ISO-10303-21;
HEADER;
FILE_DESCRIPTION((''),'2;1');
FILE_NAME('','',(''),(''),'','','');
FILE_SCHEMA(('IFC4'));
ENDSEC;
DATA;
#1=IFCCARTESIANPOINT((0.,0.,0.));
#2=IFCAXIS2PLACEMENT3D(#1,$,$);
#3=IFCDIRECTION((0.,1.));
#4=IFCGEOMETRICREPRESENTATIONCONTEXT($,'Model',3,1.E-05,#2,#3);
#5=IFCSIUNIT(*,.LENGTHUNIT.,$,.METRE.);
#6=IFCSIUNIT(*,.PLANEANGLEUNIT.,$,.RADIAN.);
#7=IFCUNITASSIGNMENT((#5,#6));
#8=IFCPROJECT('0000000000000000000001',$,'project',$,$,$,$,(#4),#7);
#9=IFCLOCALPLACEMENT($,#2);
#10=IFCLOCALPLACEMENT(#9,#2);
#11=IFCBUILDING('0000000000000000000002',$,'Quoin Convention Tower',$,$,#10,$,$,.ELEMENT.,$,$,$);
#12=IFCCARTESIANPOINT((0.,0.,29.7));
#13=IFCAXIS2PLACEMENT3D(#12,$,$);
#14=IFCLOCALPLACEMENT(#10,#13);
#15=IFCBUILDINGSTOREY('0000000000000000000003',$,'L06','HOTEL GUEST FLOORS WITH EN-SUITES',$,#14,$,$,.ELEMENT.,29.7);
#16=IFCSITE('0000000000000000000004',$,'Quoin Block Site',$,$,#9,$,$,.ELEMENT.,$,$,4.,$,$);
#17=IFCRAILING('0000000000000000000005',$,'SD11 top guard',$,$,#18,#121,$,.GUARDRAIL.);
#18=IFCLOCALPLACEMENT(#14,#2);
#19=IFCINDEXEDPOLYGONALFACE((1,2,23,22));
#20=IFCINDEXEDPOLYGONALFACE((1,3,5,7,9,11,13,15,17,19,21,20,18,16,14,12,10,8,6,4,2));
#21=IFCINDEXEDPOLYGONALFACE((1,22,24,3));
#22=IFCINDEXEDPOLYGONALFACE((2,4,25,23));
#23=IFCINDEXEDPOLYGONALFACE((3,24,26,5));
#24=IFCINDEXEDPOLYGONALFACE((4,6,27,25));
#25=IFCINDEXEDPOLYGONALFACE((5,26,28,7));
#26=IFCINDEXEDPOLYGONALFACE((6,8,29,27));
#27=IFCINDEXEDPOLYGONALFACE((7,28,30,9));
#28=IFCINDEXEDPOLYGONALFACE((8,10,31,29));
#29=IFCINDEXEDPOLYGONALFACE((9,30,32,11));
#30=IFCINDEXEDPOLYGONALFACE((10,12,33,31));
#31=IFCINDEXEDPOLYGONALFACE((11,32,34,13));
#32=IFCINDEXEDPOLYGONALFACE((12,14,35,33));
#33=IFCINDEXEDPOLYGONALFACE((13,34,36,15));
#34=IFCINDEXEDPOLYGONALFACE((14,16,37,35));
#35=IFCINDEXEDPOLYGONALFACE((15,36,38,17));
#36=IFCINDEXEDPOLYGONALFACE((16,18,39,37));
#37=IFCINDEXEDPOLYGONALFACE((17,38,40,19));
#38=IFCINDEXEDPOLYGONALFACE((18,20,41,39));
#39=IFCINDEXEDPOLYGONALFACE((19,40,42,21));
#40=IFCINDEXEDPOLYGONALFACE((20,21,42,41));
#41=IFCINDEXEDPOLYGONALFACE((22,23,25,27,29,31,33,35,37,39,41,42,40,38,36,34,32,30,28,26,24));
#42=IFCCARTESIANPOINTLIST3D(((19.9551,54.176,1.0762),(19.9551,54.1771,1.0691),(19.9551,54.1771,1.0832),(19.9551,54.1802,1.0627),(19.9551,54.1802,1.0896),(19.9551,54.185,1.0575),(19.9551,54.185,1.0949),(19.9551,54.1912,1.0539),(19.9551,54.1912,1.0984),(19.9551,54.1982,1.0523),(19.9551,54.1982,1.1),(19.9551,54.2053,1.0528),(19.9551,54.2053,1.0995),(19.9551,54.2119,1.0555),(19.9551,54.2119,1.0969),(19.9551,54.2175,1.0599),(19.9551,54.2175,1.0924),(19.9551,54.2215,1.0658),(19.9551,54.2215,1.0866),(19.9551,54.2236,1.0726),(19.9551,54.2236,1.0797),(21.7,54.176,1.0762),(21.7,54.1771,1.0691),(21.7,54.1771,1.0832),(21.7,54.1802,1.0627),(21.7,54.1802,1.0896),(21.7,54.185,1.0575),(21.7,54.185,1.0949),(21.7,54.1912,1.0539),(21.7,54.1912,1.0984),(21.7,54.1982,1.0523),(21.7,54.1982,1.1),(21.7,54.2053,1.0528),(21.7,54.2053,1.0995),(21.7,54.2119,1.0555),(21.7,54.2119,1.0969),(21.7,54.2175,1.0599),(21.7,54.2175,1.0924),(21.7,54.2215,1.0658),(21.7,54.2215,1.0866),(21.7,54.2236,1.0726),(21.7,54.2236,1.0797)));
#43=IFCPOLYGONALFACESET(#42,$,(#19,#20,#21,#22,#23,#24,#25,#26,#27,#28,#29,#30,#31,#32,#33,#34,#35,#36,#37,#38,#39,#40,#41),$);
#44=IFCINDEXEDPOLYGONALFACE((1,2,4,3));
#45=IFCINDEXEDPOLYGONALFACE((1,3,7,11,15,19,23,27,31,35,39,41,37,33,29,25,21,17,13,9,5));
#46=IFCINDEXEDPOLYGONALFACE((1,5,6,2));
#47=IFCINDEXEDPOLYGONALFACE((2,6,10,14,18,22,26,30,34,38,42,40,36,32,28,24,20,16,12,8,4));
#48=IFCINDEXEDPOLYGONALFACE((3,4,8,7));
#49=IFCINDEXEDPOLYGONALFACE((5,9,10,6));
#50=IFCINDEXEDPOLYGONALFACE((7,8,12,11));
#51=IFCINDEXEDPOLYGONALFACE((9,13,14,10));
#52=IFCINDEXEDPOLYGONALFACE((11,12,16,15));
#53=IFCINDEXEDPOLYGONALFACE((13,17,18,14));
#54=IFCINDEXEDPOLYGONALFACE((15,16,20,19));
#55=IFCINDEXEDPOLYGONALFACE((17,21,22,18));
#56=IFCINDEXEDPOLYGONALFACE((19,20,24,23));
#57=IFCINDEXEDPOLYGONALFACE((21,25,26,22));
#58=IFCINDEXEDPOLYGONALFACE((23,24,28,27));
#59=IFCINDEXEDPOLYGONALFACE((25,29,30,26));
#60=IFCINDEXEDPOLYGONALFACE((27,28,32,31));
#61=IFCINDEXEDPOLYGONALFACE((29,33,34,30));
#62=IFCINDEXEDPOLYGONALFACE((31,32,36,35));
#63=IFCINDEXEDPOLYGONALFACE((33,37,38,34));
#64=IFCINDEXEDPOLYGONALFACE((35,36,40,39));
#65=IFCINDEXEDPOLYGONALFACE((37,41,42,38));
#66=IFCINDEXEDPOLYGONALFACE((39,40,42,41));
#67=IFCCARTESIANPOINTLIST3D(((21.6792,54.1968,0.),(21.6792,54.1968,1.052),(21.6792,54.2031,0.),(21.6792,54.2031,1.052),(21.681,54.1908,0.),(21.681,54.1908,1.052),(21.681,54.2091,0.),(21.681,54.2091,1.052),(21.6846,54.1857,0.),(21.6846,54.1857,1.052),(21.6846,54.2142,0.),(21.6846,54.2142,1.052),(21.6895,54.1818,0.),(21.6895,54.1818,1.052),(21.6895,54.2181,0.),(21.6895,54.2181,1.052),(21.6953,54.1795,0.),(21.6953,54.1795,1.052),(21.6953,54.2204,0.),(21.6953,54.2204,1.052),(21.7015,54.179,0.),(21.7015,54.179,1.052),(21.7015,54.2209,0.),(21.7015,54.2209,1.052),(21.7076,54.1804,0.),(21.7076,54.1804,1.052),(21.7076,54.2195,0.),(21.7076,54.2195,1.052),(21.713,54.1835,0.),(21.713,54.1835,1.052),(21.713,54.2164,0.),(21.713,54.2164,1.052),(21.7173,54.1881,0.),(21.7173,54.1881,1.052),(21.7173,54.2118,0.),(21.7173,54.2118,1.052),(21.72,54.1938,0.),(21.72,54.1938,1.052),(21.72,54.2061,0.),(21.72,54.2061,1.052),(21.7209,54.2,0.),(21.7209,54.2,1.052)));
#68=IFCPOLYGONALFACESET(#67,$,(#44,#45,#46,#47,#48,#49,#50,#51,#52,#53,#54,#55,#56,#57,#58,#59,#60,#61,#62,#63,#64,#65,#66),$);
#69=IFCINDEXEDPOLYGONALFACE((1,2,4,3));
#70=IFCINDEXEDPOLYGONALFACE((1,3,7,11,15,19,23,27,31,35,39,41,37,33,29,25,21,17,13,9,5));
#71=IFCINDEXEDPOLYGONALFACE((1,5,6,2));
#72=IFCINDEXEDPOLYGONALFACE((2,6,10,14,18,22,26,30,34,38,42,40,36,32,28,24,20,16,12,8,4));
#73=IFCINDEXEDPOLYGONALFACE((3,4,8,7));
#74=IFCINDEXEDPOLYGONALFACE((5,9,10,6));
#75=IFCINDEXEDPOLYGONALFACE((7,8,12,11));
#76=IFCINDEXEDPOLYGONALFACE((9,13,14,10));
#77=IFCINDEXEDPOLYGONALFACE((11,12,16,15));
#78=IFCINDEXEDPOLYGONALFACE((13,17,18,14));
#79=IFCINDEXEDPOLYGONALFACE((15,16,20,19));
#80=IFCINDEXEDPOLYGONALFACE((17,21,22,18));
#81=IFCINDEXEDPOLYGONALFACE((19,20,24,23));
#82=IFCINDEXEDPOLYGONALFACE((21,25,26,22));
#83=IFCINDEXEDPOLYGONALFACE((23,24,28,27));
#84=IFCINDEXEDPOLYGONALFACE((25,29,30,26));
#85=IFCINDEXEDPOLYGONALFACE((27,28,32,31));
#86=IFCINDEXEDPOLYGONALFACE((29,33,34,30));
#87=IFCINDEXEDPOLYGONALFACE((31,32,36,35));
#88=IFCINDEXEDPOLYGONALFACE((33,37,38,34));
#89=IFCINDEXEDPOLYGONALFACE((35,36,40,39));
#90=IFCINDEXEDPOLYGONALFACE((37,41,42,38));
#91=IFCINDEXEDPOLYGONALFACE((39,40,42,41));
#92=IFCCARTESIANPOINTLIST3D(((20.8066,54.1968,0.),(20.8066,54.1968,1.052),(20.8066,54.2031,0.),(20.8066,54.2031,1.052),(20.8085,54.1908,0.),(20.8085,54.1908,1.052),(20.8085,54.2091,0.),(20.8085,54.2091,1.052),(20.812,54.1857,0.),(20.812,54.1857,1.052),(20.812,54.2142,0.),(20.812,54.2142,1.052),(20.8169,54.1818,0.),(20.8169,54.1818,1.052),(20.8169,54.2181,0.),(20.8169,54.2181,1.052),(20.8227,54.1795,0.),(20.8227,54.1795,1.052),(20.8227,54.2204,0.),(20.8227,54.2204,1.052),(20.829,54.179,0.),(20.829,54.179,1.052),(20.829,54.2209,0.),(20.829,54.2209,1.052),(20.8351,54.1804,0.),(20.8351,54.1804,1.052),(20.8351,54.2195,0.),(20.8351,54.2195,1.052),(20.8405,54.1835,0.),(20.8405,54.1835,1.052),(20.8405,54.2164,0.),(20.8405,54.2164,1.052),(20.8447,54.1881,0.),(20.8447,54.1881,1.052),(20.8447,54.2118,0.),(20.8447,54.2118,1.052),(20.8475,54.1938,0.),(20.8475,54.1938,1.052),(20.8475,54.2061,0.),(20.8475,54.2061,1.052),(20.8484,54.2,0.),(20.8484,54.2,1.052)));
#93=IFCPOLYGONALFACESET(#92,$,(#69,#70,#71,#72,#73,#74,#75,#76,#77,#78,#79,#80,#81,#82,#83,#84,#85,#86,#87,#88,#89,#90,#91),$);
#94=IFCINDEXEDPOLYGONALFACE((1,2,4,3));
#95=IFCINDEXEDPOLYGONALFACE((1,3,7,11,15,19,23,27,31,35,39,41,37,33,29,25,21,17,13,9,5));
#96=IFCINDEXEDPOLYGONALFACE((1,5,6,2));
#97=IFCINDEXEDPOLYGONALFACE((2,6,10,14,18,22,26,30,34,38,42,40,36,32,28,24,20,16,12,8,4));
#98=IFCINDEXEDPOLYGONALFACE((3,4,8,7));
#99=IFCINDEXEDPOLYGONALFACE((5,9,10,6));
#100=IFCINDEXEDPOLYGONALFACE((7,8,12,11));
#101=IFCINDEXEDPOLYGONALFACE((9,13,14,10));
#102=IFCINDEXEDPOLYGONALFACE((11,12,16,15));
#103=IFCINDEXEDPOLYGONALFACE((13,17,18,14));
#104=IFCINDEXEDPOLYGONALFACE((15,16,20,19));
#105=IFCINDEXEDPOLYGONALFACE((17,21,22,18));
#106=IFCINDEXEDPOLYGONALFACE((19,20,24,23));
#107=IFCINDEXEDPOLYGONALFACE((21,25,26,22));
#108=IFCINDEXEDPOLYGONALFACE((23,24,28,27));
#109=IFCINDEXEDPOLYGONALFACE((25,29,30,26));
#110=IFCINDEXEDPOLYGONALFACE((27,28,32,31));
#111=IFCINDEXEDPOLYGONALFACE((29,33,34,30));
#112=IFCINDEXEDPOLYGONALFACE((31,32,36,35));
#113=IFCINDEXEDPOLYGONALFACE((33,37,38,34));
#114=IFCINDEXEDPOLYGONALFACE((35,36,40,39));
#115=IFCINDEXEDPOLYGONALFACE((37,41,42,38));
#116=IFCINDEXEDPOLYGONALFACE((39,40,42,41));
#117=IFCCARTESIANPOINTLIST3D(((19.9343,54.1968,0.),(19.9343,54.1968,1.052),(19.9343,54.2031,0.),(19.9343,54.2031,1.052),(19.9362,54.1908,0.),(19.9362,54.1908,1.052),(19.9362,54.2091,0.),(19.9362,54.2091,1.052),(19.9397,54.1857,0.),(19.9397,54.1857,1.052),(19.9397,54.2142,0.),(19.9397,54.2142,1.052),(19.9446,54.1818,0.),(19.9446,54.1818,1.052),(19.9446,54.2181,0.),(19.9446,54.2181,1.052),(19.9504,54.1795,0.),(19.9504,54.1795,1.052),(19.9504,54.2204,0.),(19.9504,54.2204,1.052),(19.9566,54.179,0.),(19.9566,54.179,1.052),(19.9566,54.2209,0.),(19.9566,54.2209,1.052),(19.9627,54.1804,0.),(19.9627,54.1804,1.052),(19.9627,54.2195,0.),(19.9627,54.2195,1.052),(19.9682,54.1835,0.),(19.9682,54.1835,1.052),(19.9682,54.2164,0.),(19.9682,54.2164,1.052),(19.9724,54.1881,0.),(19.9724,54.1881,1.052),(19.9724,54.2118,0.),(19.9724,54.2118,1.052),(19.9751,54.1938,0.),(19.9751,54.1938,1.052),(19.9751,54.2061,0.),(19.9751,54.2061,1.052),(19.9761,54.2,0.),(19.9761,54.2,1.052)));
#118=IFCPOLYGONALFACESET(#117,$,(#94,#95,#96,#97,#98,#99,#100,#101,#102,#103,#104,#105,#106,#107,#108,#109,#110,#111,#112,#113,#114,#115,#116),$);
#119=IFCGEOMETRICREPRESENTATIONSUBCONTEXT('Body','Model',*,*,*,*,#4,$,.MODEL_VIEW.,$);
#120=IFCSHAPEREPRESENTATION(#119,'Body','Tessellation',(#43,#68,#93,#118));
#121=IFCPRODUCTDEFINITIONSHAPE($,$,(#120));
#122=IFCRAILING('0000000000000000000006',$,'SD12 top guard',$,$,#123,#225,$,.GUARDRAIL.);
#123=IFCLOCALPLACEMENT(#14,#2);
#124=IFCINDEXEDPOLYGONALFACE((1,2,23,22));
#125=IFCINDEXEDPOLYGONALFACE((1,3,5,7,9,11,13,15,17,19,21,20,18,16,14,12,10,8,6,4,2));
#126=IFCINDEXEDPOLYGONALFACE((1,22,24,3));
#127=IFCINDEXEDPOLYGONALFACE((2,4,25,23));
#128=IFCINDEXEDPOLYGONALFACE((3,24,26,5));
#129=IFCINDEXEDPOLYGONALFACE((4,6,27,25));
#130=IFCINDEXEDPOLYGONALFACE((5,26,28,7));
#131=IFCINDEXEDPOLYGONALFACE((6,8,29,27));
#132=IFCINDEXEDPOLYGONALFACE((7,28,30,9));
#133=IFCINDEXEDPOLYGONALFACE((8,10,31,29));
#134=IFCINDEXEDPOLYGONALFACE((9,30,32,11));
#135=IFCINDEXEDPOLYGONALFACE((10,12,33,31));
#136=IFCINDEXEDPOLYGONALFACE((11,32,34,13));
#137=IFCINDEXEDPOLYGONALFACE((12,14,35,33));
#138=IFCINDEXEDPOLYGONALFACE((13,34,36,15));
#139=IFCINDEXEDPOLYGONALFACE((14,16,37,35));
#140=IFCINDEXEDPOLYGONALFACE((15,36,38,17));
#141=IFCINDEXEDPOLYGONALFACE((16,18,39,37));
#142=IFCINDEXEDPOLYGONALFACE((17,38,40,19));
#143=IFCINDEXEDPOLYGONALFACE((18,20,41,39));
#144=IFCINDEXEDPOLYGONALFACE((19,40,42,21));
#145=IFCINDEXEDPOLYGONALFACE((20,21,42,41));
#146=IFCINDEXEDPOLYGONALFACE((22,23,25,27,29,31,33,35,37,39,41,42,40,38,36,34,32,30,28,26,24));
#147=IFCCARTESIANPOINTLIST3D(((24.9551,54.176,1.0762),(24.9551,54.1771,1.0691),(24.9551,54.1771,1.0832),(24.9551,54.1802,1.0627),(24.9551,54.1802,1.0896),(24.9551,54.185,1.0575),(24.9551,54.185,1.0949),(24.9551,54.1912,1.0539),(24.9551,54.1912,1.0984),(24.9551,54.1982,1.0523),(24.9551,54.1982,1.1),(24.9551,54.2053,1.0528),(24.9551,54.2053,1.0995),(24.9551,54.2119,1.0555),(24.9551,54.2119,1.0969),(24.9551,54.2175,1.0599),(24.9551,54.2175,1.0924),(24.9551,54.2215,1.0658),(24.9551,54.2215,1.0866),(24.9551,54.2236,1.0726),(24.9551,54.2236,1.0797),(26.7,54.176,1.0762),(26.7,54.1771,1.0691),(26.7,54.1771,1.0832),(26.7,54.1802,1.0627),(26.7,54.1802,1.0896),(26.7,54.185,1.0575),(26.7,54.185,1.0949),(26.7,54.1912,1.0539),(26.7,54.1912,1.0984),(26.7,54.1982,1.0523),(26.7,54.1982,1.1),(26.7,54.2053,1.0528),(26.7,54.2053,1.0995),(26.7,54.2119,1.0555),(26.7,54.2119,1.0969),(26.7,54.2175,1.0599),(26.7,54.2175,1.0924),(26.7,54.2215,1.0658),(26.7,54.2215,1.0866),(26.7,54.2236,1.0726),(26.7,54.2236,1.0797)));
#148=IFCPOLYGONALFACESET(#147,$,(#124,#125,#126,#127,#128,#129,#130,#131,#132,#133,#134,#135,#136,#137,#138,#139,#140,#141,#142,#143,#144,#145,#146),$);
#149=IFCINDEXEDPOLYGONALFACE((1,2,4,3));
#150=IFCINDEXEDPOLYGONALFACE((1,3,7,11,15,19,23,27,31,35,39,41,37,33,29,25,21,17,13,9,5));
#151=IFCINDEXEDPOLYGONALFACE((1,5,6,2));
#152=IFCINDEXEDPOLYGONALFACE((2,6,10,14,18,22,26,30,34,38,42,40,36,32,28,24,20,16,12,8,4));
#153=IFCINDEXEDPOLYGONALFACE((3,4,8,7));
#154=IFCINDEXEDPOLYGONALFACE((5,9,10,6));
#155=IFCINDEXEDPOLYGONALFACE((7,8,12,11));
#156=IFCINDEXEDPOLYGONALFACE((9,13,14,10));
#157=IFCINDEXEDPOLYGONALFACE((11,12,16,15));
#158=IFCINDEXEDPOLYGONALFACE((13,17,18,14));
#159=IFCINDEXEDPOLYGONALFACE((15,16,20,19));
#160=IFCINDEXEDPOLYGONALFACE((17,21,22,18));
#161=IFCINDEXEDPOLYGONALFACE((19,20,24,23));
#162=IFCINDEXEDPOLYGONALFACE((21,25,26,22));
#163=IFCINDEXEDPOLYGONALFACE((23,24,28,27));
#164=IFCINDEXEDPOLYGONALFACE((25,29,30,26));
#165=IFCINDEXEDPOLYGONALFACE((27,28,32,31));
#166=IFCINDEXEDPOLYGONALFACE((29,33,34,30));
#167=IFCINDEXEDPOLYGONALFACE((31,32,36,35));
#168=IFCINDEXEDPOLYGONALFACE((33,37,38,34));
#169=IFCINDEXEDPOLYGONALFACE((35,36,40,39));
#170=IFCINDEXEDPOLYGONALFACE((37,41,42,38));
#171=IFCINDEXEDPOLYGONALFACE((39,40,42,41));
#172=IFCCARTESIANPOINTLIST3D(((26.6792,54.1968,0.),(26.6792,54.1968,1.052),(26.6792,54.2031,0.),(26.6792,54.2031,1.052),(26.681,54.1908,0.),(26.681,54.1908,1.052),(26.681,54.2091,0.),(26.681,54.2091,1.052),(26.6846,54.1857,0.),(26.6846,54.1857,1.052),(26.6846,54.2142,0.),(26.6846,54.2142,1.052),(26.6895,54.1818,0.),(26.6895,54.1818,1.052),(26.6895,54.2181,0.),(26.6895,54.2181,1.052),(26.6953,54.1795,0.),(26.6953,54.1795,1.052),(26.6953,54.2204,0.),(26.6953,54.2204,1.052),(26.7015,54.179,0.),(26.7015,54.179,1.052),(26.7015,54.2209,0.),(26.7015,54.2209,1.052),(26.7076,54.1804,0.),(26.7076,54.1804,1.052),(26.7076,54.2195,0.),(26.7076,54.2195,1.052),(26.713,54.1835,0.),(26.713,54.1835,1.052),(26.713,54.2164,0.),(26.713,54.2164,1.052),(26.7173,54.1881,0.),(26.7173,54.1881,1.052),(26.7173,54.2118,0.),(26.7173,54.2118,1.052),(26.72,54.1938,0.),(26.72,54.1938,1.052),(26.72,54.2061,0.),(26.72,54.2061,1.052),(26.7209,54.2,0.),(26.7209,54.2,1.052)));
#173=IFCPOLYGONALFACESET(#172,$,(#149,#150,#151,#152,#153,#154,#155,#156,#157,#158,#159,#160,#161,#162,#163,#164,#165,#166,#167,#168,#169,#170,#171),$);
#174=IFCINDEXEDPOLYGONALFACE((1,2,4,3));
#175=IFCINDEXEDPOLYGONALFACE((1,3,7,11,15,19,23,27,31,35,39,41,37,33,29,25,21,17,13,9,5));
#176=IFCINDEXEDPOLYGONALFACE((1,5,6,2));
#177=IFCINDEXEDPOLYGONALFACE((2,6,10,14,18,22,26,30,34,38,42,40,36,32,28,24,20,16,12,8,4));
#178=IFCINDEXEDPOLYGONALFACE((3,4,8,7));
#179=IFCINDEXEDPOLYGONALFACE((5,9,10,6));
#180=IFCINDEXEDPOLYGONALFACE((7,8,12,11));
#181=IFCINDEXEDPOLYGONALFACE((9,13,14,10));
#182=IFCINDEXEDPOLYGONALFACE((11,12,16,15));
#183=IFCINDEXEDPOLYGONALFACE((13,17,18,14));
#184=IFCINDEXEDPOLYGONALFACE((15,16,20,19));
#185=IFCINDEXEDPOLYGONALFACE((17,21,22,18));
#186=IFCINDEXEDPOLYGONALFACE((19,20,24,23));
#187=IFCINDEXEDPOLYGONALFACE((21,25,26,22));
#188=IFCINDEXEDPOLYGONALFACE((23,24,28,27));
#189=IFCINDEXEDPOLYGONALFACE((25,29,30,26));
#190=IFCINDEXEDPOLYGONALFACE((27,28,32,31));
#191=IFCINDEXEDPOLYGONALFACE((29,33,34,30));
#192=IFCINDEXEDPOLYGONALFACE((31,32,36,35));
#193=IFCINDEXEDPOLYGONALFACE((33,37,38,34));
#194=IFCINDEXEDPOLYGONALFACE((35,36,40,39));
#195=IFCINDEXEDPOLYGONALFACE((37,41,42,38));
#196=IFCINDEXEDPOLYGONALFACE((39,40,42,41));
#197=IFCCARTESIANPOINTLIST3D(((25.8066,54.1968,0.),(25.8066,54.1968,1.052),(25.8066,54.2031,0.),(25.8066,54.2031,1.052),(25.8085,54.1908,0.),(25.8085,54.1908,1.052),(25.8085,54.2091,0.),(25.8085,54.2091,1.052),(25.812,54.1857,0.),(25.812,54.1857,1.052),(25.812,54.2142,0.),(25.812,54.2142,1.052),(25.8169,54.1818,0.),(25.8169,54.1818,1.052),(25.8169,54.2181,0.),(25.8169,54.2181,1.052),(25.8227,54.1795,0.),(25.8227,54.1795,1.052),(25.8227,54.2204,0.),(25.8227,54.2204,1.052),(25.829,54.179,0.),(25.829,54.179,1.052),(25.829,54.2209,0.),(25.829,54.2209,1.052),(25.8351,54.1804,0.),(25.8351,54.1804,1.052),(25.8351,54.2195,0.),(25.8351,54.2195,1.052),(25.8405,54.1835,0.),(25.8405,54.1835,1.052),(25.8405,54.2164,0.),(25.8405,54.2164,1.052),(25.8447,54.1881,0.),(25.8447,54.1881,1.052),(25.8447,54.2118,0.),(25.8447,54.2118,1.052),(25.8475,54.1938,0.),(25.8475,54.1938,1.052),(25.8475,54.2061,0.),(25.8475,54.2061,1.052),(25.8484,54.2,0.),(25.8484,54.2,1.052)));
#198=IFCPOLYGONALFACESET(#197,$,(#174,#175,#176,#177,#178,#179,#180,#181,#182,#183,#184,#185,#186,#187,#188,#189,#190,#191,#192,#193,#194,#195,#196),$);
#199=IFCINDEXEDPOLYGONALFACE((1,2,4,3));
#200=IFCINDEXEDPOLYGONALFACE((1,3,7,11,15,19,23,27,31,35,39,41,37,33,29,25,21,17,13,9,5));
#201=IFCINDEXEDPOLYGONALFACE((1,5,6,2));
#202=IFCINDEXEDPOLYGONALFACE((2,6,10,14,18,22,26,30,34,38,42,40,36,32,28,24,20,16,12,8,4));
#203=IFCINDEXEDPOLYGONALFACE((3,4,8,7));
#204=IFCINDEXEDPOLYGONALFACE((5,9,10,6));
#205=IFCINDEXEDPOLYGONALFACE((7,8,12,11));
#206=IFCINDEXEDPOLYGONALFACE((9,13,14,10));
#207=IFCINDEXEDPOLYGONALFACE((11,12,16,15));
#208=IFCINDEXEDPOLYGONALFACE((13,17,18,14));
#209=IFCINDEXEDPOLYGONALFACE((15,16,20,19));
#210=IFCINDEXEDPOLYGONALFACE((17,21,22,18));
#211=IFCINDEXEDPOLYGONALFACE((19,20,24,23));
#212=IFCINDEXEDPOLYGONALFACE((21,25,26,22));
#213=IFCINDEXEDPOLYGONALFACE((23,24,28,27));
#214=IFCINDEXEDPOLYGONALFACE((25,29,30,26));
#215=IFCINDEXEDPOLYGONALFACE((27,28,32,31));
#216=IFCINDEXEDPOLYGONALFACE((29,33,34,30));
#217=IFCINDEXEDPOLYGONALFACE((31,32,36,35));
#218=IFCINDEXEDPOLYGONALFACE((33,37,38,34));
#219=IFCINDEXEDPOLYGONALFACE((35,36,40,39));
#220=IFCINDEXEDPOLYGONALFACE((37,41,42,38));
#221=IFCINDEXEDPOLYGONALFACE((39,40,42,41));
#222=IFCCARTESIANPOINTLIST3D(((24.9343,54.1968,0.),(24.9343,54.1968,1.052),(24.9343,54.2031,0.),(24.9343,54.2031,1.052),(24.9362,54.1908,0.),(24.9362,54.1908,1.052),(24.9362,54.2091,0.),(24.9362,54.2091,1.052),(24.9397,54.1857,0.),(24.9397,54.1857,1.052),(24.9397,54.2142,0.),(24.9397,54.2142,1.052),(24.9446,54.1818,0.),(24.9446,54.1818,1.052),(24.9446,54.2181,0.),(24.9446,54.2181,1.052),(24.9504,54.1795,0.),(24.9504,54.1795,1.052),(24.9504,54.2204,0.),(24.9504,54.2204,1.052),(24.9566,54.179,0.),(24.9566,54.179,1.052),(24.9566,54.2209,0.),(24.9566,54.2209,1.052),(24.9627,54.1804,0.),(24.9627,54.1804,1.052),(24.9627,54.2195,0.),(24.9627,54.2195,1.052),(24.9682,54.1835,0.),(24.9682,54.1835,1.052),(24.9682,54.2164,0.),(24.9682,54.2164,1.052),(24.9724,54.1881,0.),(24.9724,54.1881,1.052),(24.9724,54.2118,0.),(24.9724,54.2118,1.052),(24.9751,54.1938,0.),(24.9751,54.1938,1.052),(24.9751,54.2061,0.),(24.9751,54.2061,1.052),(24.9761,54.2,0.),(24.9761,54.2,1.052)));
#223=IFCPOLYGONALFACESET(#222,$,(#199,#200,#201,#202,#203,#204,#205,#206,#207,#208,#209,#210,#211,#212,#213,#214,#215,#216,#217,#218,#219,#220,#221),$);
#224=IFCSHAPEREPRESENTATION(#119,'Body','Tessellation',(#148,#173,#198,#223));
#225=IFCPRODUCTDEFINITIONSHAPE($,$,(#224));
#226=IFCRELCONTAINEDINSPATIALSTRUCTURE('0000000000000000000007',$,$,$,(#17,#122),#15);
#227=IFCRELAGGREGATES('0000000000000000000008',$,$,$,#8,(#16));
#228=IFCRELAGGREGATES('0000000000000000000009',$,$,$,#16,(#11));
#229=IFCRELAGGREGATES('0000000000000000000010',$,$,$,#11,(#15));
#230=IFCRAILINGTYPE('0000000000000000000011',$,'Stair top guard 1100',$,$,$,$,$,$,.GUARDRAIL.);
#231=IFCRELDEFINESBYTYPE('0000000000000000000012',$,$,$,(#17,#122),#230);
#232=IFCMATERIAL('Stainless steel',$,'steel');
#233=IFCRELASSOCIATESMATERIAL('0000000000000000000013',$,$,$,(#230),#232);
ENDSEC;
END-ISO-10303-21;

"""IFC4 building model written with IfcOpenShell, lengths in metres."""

from ifc_helpers import new_model, si_unit, direction, frame, origin, origin_2d, place, context, subcontext, project, spatial, circle, extrude, material, type_object, element, save


model = new_model("IFC4")

# Units and contexts
model_context = context("Model", 3, precision=1e-05, world=origin(), true_north=direction((0.0, 1.0)))
body_context = subcontext(model_context, "Body", "Model", "MODEL_VIEW")
ifc_project = project(units=[si_unit("LENGTHUNIT", "METRE"), si_unit("PLANEANGLEUNIT", "RADIAN")], contexts=[model_context])

# Site, building, storey
site_placement = place(None, origin())
site = spatial("IfcSite", under=ifc_project, at=site_placement, Name="Quoin Block Site", CompositionType="ELEMENT", RefElevation=4.0)
building_placement = place(site_placement, origin())
building = spatial("IfcBuilding", under=site, at=building_placement, Name="Quoin Convention Tower", CompositionType="ELEMENT")
storey_placement = place(building_placement, frame((0.0, 0.0, 29.7)))
storey = spatial("IfcBuildingStorey", under=building, at=storey_placement, Name="L06", Description="HOTEL GUEST FLOORS WITH EN-SUITES", CompositionType="ELEMENT", Elevation=29.7)

# Railings
ifc_material_1 = material(Name="Stainless steel", Category="steel")
railing_type_1 = type_object("IfcRailingType", Name="Stair top guard 1100", PredefinedType="GUARDRAIL", material=ifc_material_1)
for number, where, name in (
    (1, (21.7, 54.2, 0.0), "SD11 top guard"),
    (2, (26.7, 54.2, 0.0), "SD12 top guard"),
):
    element("IfcRailing", number, at=place(storey_placement, frame(where)), inside=storey, type_object=railing_type_1, Name=name, PredefinedType="GUARDRAIL", context=body_context, shape_type="SweptSolid", body=[
        extrude(circle(Radius=0.0239, at=origin_2d()), frame((0.0, 0.0, 1.0762), z_axis=(-1.0, 0.0, 0.0), x_axis=(0.0, -1.0, 0.0)), (0.0, 0.0, 1.0), 1.7449),
        extrude(circle(Radius=0.021, at=origin_2d()), origin(), (0.0, 0.0, 1.0), 1.052),
        extrude(circle(Radius=0.021, at=origin_2d()), frame((-0.8726, 0.0, 0.0)), (0.0, 0.0, 1.0), 1.052),
        extrude(circle(Radius=0.021, at=origin_2d()), frame((-1.7449, 0.0, 0.0)), (0.0, 0.0, 1.0), 1.052),
    ])

save(model, "model.ifc")
